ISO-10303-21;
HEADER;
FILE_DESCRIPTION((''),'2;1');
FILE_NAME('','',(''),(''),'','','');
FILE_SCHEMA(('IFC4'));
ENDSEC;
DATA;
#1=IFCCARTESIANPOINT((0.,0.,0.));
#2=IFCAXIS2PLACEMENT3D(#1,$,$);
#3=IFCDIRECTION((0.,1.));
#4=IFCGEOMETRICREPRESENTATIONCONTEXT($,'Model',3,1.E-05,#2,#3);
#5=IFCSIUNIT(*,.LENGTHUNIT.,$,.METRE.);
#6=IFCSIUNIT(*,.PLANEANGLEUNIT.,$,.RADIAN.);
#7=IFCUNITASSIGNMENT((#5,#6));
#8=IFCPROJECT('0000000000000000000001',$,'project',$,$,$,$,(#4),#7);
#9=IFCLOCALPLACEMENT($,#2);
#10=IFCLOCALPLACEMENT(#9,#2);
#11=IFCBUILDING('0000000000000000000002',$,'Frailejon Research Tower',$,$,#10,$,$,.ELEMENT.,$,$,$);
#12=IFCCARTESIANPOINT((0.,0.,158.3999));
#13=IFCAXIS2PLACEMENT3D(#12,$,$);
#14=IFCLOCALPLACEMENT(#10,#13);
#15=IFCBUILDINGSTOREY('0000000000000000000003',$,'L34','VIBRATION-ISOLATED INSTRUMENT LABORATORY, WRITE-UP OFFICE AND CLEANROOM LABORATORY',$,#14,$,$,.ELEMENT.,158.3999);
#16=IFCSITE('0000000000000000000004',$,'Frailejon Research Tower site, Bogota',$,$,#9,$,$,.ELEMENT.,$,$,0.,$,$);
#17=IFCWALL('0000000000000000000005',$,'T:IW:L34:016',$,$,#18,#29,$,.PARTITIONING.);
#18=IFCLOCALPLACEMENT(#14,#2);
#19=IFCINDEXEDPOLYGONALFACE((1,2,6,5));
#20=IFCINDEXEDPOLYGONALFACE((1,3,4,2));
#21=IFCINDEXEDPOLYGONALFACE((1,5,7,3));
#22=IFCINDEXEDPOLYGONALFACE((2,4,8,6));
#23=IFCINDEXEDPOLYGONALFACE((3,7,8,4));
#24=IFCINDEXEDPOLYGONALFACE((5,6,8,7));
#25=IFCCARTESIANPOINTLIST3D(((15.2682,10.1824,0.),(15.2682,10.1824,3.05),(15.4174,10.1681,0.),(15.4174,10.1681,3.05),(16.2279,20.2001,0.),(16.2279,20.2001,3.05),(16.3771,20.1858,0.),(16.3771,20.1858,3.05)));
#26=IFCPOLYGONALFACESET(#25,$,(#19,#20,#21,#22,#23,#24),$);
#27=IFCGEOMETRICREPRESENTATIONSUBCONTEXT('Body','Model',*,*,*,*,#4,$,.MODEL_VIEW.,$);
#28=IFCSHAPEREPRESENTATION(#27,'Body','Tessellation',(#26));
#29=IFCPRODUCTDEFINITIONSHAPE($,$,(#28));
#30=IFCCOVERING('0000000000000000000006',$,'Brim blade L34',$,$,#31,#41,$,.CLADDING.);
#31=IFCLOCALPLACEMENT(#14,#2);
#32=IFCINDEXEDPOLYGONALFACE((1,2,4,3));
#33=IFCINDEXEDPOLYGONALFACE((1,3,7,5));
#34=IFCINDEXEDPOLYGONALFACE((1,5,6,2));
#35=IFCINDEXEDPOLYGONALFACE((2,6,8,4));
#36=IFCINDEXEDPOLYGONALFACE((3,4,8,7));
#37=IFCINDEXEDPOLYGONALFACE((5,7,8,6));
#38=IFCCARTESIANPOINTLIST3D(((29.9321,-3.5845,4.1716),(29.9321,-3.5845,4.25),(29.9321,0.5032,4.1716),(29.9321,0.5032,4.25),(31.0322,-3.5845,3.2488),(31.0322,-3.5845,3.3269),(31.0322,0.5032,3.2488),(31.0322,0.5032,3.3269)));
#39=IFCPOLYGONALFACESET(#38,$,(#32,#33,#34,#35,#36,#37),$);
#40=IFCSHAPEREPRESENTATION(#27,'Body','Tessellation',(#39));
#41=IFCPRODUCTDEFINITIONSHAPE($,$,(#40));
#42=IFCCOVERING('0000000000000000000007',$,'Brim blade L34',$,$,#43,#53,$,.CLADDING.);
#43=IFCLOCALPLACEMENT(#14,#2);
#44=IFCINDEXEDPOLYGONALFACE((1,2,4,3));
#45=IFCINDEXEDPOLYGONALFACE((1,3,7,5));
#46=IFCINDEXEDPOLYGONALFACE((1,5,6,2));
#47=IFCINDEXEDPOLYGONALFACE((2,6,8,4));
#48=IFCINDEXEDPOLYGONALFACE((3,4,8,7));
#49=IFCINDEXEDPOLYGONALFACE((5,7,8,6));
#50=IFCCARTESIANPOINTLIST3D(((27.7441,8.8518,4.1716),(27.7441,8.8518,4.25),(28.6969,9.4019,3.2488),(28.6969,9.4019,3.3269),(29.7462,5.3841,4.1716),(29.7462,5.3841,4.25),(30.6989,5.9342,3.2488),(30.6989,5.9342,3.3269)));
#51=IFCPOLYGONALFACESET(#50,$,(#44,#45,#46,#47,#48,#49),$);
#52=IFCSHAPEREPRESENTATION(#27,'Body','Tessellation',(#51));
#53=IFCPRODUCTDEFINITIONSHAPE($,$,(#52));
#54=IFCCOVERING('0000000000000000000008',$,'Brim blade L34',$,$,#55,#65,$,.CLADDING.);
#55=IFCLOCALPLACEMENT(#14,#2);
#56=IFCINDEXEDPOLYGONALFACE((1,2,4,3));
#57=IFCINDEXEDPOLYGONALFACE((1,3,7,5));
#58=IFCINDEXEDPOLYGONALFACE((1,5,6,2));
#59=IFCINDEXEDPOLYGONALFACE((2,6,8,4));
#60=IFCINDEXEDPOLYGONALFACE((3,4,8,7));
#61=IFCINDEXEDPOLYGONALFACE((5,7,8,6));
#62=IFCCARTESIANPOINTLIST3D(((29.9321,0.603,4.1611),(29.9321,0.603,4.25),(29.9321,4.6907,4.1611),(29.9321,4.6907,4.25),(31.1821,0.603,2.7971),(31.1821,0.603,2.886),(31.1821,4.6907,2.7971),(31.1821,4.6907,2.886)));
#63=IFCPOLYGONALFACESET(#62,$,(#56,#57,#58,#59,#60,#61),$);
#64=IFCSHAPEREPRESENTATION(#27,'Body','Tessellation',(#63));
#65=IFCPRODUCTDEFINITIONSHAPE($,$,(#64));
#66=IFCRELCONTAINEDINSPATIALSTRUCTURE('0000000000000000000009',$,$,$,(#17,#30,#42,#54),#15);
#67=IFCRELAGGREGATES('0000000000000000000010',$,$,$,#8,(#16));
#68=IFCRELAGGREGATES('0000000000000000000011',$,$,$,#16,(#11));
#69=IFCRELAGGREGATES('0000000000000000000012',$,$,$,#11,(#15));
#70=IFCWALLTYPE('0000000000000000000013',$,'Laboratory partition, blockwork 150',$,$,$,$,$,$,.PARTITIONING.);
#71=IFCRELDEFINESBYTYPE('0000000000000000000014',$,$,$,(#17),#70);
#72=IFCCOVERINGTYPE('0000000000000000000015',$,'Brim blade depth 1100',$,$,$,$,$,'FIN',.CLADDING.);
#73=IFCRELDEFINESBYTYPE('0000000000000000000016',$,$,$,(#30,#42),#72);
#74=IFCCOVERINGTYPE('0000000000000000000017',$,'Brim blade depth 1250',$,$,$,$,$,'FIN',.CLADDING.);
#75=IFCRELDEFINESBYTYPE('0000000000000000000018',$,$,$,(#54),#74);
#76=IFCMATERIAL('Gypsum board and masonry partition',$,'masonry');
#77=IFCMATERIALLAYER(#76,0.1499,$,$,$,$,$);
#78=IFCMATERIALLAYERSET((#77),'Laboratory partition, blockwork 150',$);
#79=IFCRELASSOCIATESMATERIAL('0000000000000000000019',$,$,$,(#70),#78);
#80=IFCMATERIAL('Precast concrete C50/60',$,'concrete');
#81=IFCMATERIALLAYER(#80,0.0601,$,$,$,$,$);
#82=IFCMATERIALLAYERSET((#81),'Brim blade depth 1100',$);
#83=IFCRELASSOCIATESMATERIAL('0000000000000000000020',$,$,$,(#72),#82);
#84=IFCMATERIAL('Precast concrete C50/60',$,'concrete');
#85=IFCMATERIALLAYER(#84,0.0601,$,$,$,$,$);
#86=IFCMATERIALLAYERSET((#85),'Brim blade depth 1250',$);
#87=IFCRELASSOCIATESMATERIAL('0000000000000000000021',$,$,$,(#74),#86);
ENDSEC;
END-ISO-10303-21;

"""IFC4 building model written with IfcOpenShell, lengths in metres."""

from ifc_helpers import new_model, si_unit, direction, frame, frame_2d, origin, place, context, subcontext, project, spatial, polyline, rectangle, outline, extrude, material, layer, layer_set, type_object, element, save


model = new_model("IFC4")

# Units and contexts
model_context = context("Model", 3, precision=1e-05, world=origin(), true_north=direction((0.0, 1.0)))
body_context = subcontext(model_context, "Body", "Model", "MODEL_VIEW")
ifc_project = project(units=[si_unit("LENGTHUNIT", "METRE"), si_unit("PLANEANGLEUNIT", "RADIAN")], contexts=[model_context])

# Site, building, storey
site_placement = place(None, origin())
site = spatial("IfcSite", under=ifc_project, at=site_placement, Name="Frailejon Research Tower site, Bogota", CompositionType="ELEMENT", RefElevation=0.0)
building_placement = place(site_placement, origin())
building = spatial("IfcBuilding", under=site, at=building_placement, Name="Frailejon Research Tower", CompositionType="ELEMENT")
storey_placement = place(building_placement, frame((0.0, 0.0, 158.3999)))
storey = spatial("IfcBuildingStorey", under=building, at=storey_placement, Name="L34", Description="VIBRATION-ISOLATED INSTRUMENT LABORATORY, WRITE-UP OFFICE AND CLEANROOM LABORATORY", CompositionType="ELEMENT", Elevation=158.3999)

# Shared definitions
ifc_material_1 = material(Name="Gypsum board and masonry partition", Category="masonry")
ifc_layer_1 = layer(ifc_material_1, 0.1499)
ifc_layer_set_1 = layer_set([ifc_layer_1], Name="Laboratory partition, blockwork 150")
wall_type_1 = type_object("IfcWallType", Name="Laboratory partition, blockwork 150", PredefinedType="PARTITIONING", material=ifc_layer_set_1)

# Wall
wall_1_placement = place(storey_placement, frame((15.3428, 10.1753, 0.0), z_axis=(0.0, 0.0, 1.0), x_axis=(0.095367, 0.995442, 0.0)))
element("IfcWall", 1, at=wall_1_placement, inside=storey, type_object=wall_type_1, Name="T:IW:L34:016", PredefinedType="PARTITIONING", context=body_context, shape_type="SweptSolid", body=[
    extrude(rectangle(XDim=10.0635, YDim=0.1499, at=frame_2d((5.0317, 0.0))), origin(), (0.0, 0.0, 1.0), 3.05),
])

# Coverings
ifc_material_2 = material(Name="Precast concrete C50/60", Category="concrete")
ifc_layer_2 = layer(ifc_material_2, 0.0601)
ifc_layer_set_2 = layer_set([ifc_layer_2], Name="Brim blade depth 1100")
covering_type_1 = type_object("IfcCoveringType", Name="Brim blade depth 1100", ElementType="FIN", PredefinedType="CLADDING", material=ifc_layer_set_2)
covering_1_placement = place(storey_placement, frame((29.9321, 0.5032, 4.25), z_axis=(0.0, -1.0, 0.0), x_axis=(1.0, 0.0, 0.0)))
element("IfcCovering", 2, at=covering_1_placement, inside=storey, type_object=covering_type_1, Name="Brim blade L34", PredefinedType="CLADDING", context=body_context, shape_type="SweptSolid", body=[
    extrude(outline(polyline([(0.0, -0.0784), (1.1001, -1.0012), (1.1001, -0.9231), (0.0, 0.0), (0.0, -0.0784)])), origin(), (0.0, 0.0, 1.0), 4.0876),
])
covering_2_placement = place(storey_placement, frame((27.7441, 8.8518, 4.25), z_axis=(0.500004, -0.866023, 0.0), x_axis=(0.866023, 0.500004, 0.0)))
element("IfcCovering", 3, at=covering_2_placement, inside=storey, type_object=covering_type_1, Name="Brim blade L34", PredefinedType="CLADDING", context=body_context, shape_type="SweptSolid", body=[
    extrude(outline(polyline([(0.0, -0.0784), (1.1001, -1.0012), (1.1001, -0.9231), (0.0, 0.0), (0.0, -0.0784)])), origin(), (0.0, 0.0, 1.0), 4.0042),
])
ifc_material_3 = material(Name="Precast concrete C50/60", Category="concrete")
ifc_layer_3 = layer(ifc_material_3, 0.0601)
ifc_layer_set_3 = layer_set([ifc_layer_3], Name="Brim blade depth 1250")
covering_type_2 = type_object("IfcCoveringType", Name="Brim blade depth 1250", ElementType="FIN", PredefinedType="CLADDING", material=ifc_layer_set_3)
covering_3_placement = place(storey_placement, frame((29.9321, 4.6907, 4.25), z_axis=(0.0, -1.0, 0.0), x_axis=(1.0, 0.0, 0.0)))
element("IfcCovering", 4, at=covering_3_placement, inside=storey, type_object=covering_type_2, Name="Brim blade L34", PredefinedType="CLADDING", context=body_context, shape_type="SweptSolid", body=[
    extrude(outline(polyline([(0.0, -0.0889), (1.25, -1.4529), (1.25, -1.364), (0.0, 0.0), (0.0, -0.0889)])), origin(), (0.0, 0.0, 1.0), 4.0876),
])

save(model, "model.ifc")
